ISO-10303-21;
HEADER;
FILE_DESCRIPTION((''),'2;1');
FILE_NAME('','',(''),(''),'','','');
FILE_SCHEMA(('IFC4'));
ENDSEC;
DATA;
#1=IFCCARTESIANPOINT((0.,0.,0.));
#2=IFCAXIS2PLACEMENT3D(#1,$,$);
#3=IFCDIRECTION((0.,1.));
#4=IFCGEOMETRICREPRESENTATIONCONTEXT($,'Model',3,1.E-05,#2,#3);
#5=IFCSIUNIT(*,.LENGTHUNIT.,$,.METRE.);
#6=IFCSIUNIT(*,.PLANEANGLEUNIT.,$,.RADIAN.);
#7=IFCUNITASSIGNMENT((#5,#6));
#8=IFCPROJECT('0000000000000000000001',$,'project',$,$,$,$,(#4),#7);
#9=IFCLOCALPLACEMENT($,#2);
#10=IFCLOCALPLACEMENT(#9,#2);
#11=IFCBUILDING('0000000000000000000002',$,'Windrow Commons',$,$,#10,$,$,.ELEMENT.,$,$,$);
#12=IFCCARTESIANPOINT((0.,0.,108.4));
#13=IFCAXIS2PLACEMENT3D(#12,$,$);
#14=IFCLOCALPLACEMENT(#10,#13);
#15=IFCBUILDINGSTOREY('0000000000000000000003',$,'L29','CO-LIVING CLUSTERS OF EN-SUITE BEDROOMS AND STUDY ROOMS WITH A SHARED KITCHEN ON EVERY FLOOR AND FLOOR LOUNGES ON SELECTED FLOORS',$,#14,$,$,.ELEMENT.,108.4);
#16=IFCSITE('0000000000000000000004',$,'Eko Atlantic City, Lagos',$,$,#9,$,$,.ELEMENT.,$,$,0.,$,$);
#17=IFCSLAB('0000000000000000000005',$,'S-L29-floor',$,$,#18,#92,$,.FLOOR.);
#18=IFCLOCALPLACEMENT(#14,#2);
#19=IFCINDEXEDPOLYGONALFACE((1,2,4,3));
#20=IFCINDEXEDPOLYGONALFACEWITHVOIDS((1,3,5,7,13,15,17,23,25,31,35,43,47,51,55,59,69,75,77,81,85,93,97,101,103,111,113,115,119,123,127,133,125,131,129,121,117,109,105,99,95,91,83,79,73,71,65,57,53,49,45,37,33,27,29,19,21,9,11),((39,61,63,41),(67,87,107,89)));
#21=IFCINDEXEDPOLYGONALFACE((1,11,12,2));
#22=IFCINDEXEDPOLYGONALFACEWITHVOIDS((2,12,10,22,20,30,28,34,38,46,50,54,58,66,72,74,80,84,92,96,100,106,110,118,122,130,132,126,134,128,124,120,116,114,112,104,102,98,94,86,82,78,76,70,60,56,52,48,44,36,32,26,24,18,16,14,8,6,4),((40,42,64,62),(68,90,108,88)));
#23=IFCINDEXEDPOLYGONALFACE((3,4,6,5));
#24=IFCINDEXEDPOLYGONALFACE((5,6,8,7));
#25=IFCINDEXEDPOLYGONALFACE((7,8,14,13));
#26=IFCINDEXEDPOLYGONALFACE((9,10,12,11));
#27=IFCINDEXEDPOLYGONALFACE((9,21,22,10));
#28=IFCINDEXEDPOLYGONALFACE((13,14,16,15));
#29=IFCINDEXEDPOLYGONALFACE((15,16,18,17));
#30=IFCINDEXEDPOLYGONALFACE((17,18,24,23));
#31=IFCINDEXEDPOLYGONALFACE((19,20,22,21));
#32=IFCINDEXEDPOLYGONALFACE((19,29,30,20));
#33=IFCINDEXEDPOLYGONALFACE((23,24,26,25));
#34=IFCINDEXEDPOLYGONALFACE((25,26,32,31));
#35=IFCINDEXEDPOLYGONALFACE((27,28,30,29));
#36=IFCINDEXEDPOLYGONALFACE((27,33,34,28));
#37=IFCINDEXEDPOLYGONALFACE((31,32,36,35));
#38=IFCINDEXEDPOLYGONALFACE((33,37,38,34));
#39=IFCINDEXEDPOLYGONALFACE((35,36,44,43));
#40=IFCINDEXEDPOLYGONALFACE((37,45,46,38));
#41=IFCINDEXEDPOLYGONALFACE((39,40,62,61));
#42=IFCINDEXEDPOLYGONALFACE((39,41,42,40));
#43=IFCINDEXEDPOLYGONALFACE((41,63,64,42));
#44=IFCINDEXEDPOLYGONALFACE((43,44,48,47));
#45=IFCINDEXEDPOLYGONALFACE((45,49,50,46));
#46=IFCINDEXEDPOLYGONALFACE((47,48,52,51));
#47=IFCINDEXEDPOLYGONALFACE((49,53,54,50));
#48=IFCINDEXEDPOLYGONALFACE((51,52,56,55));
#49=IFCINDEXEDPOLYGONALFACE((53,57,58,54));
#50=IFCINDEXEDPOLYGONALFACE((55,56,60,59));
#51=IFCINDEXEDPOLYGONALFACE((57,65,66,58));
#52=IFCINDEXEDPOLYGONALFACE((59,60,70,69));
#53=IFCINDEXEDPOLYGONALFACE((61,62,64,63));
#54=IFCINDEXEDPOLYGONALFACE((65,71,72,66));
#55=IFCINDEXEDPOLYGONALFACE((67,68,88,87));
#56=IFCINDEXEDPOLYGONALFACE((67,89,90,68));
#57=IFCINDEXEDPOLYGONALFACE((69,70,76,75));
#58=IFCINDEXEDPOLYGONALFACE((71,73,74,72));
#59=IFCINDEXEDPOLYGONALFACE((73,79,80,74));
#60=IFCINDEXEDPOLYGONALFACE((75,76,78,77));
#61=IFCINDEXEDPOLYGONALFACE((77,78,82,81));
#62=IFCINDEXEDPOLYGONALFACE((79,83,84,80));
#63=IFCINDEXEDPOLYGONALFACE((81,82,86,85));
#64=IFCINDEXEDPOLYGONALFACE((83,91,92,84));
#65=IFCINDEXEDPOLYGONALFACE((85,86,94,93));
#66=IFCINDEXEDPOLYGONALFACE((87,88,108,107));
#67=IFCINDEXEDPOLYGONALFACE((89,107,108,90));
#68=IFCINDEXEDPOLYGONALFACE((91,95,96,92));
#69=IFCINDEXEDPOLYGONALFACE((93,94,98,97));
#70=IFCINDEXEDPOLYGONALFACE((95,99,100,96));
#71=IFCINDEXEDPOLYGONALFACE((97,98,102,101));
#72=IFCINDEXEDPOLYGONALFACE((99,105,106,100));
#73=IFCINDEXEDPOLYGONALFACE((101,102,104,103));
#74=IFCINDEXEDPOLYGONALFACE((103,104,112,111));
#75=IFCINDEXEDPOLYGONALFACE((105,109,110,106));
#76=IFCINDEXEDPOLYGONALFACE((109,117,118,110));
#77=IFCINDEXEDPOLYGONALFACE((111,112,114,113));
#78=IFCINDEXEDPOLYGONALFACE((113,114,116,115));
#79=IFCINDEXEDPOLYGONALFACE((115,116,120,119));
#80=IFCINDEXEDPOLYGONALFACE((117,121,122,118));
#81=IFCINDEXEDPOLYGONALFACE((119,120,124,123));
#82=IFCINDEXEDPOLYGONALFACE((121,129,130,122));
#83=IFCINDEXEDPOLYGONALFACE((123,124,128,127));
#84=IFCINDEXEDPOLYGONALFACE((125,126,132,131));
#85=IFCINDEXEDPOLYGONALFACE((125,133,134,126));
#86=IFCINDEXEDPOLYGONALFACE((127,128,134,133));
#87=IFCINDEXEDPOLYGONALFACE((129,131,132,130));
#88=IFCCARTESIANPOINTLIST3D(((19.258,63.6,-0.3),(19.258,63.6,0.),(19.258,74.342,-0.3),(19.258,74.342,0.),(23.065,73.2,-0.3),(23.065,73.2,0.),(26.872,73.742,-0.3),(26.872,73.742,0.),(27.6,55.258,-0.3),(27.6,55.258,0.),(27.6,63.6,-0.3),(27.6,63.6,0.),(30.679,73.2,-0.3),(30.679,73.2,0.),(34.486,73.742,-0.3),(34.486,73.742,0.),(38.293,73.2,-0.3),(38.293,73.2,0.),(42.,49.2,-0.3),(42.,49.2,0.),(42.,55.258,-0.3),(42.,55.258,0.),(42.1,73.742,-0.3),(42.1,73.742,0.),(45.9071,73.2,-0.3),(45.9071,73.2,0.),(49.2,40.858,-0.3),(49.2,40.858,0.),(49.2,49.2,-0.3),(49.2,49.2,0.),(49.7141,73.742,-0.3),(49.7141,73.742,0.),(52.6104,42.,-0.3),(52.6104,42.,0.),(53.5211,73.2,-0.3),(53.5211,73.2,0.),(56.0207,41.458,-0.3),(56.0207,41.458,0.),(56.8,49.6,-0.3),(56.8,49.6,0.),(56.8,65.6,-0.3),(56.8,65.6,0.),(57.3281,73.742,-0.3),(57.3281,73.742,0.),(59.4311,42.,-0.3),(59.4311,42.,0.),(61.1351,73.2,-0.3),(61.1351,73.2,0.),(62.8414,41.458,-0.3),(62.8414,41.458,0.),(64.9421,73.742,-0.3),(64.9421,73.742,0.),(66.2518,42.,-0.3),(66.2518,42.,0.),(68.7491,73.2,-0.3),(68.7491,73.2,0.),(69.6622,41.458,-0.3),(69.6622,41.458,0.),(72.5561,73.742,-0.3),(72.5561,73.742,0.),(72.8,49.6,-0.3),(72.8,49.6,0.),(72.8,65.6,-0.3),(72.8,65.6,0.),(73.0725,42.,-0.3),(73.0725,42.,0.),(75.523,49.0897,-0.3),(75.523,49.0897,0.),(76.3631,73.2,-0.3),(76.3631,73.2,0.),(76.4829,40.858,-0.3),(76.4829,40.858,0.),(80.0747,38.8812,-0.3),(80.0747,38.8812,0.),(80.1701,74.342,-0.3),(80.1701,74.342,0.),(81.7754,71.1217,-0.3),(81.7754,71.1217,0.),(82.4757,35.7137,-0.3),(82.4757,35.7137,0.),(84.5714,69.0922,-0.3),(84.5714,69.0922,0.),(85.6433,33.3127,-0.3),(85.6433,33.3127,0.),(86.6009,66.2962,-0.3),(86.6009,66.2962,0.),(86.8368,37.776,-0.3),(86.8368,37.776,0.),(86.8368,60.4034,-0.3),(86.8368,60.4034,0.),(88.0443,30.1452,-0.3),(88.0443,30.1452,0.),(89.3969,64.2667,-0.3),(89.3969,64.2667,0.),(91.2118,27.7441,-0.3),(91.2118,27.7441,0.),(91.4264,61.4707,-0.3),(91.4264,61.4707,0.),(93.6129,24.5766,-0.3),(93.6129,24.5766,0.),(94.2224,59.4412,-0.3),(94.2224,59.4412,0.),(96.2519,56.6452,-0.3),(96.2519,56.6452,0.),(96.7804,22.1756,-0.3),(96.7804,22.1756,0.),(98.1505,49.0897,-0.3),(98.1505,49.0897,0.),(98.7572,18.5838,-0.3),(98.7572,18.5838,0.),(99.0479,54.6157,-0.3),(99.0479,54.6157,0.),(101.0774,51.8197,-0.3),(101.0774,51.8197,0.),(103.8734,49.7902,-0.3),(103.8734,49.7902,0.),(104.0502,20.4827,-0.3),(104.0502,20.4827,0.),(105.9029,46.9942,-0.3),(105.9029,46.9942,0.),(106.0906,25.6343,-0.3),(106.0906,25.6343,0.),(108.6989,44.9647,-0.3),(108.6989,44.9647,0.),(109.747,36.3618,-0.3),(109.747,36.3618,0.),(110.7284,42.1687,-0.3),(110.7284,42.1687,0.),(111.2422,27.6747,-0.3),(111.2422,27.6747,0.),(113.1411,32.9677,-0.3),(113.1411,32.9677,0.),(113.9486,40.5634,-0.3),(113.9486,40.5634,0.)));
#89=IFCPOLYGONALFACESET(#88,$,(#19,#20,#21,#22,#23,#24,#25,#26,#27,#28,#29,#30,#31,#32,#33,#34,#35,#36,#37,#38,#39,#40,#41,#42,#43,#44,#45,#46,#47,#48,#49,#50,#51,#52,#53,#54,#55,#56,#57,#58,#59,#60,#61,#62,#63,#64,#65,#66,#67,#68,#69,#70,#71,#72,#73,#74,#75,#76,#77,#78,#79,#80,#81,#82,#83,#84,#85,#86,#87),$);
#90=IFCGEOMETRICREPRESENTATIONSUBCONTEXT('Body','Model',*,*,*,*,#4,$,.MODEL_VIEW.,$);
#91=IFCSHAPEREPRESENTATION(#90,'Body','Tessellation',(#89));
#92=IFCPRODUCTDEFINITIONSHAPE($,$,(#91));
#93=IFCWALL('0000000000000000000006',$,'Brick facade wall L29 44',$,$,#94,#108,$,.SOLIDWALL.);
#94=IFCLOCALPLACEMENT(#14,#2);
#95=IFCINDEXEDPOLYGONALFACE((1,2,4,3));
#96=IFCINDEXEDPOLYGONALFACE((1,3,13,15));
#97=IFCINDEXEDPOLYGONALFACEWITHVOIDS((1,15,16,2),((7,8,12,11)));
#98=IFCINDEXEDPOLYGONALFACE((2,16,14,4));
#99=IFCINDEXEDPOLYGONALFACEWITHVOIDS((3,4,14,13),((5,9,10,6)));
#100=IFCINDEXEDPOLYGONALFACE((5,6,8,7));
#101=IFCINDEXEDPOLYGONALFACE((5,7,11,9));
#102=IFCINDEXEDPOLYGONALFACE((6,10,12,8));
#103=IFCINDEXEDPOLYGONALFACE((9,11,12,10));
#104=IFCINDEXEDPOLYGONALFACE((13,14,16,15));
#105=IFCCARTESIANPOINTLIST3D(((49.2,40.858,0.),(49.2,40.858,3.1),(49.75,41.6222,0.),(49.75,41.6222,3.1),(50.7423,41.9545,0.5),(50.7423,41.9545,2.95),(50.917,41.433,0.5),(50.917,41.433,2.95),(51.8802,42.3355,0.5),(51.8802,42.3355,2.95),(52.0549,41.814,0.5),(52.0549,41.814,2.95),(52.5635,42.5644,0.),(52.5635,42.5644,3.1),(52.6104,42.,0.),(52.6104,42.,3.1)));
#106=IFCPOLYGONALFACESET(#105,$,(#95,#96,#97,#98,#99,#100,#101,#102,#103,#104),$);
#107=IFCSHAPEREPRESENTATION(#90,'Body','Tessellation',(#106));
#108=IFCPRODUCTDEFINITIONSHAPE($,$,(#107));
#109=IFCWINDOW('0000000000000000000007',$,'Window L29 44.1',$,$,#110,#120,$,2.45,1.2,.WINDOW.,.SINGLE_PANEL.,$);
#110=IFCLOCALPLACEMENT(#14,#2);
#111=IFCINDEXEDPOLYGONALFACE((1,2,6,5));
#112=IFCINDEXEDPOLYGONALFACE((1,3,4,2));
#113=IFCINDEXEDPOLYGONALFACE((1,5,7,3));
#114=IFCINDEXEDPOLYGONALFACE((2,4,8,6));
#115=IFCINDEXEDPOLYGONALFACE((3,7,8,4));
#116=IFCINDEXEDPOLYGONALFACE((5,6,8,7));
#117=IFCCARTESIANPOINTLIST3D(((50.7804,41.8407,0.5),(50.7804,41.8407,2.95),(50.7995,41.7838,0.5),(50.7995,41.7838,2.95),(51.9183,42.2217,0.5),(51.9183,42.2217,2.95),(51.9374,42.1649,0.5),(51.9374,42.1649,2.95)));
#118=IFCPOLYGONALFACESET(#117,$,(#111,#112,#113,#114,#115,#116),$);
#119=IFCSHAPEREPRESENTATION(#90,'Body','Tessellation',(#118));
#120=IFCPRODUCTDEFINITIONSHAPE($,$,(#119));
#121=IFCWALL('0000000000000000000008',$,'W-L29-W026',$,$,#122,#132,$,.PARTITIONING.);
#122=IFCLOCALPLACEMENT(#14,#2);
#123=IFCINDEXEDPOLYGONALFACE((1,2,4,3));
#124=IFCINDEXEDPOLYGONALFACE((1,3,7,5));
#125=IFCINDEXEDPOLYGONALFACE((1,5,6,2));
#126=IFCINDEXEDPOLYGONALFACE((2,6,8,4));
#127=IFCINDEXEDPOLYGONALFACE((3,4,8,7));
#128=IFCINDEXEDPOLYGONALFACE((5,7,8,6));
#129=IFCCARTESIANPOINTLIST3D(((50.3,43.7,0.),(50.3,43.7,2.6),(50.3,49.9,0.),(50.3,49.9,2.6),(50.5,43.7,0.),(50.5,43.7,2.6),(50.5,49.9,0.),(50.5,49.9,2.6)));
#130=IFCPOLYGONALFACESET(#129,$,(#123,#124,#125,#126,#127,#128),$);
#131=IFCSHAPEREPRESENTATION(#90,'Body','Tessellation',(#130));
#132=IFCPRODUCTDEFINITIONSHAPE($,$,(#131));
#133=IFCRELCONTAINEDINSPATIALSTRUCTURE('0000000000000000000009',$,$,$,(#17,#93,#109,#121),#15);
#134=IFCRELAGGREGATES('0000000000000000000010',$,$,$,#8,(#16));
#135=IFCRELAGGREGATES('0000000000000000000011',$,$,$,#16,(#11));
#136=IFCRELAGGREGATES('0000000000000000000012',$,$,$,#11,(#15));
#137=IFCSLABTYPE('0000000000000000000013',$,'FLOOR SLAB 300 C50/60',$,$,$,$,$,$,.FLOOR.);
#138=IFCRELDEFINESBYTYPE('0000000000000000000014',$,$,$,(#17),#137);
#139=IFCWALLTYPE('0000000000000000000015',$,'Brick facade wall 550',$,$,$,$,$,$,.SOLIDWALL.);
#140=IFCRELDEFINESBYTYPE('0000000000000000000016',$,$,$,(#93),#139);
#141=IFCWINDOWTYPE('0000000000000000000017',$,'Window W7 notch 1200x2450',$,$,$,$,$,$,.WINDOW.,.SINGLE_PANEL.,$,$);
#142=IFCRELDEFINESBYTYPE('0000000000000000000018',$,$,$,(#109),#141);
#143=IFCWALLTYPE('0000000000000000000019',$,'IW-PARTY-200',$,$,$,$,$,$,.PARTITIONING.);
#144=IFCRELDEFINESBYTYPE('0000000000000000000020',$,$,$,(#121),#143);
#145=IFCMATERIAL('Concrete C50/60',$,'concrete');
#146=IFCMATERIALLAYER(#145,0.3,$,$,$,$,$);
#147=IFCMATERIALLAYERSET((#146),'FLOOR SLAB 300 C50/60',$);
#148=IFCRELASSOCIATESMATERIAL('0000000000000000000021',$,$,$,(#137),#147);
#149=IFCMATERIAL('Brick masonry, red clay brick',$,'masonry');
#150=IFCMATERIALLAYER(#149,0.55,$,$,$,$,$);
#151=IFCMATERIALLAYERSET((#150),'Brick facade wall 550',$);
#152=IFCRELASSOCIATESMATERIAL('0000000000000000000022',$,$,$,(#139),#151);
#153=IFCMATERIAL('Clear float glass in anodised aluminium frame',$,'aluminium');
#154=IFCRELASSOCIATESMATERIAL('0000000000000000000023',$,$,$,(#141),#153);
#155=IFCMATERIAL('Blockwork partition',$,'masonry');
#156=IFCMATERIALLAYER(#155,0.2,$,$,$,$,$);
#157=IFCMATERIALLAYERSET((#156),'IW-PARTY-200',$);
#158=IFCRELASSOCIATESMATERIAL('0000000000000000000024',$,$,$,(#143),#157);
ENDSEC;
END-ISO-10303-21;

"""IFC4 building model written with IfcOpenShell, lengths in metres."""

from ifc_helpers import new_model, si_unit, direction, frame, frame_2d, origin, place, context, subcontext, project, spatial, polyline, rectangle, outline, extrude, material, layer, layer_set, type_object, element, fill, save


model = new_model("IFC4")

# Units and contexts
model_context = context("Model", 3, precision=1e-05, world=origin(), true_north=direction((0.0, 1.0)))
body_context = subcontext(model_context, "Body", "Model", "MODEL_VIEW")
ifc_project = project(units=[si_unit("LENGTHUNIT", "METRE"), si_unit("PLANEANGLEUNIT", "RADIAN")], contexts=[model_context])

# Site, building, storey
site_placement = place(None, origin())
site = spatial("IfcSite", under=ifc_project, at=site_placement, Name="Eko Atlantic City, Lagos", CompositionType="ELEMENT", RefElevation=0.0)
building_placement = place(site_placement, origin())
building = spatial("IfcBuilding", under=site, at=building_placement, Name="Windrow Commons", CompositionType="ELEMENT")
storey_placement = place(building_placement, frame((0.0, 0.0, 108.4)))
storey = spatial("IfcBuildingStorey", under=building, at=storey_placement, Name="L29", Description="CO-LIVING CLUSTERS OF EN-SUITE BEDROOMS AND STUDY ROOMS WITH A SHARED KITCHEN ON EVERY FLOOR AND FLOOR LOUNGES ON SELECTED FLOORS", CompositionType="ELEMENT", Elevation=108.4)

# Shared definitions
placement_1 = place(storey_placement, frame((0.0, 0.0, -0.3)))

# Slab, openings
ifc_material_1 = material(Name="Concrete C50/60", Category="concrete")
ifc_layer_1 = layer(ifc_material_1, 0.3)
ifc_layer_set_1 = layer_set([ifc_layer_1], Name="FLOOR SLAB 300 C50/60")
slab_type_1 = type_object("IfcSlabType", Name="FLOOR SLAB 300 C50/60", PredefinedType="FLOOR", material=ifc_layer_set_1)
slab_1 = element("IfcSlab", 1, at=placement_1, inside=storey, type_object=slab_type_1, Name="S-L29-floor", PredefinedType="FLOOR", context=body_context, shape_type="SweptSolid", body=[
    extrude(outline(polyline([(96.7804, 22.1756), (98.7572, 18.5838), (104.0502, 20.4827), (106.0906, 25.6343), (111.2422, 27.6747), (113.1411, 32.9677), (109.747, 36.3618), (113.9486, 40.5634), (110.7284, 42.1687), (108.6989, 44.9647), (105.9029, 46.9942), (103.8734, 49.7902), (101.0774, 51.8197), (99.0479, 54.6157), (96.2519, 56.6452), (94.2224, 59.4412), (91.4264, 61.4707), (89.3969, 64.2667), (86.6009, 66.2962), (84.5714, 69.0922), (81.7754, 71.1217), (80.1701, 74.342), (76.3631, 73.2), (72.5561, 73.742), (68.7491, 73.2), (64.9421, 73.742), (61.1351, 73.2), (57.3281, 73.742), (53.5211, 73.2), (49.7141, 73.742), (45.9071, 73.2), (42.1, 73.742), (38.293, 73.2), (34.486, 73.742), (30.679, 73.2), (26.872, 73.742), (23.065, 73.2), (19.258, 74.342), (19.258, 63.6), (27.6, 63.6), (27.6, 55.258), (42.0, 55.258), (42.0, 49.2), (49.2, 49.2), (49.2, 40.858), (52.6104, 42.0), (56.0207, 41.458), (59.4311, 42.0), (62.8414, 41.458), (66.2518, 42.0), (69.6622, 41.458), (73.0725, 42.0), (76.4829, 40.858), (80.0747, 38.8812), (82.4757, 35.7137), (85.6433, 33.3127), (88.0443, 30.1452), (91.2118, 27.7441), (93.6129, 24.5766), (96.7804, 22.1756)]), holes=[polyline([(75.523, 49.0897), (86.8368, 60.4034), (98.1505, 49.0897), (86.8368, 37.776), (75.523, 49.0897)]), polyline([(56.8, 49.6), (56.8, 65.6), (72.8, 65.6), (72.8, 49.6), (56.8, 49.6)])]), origin(), (0.0, 0.0, 1.0), 0.3),
])
opening_1_placement = place(placement_1, origin())
element("IfcOpeningElement", 2, at=opening_1_placement, cuts=slab_1, PredefinedType="OPENING", context=body_context, shape_type="SweptSolid", body=[
    extrude(outline(polyline([(75.5301, 49.0897), (86.8368, 60.3963), (98.1434, 49.0897), (86.8368, 37.7831), (75.5301, 49.0897)])), origin(), (0.0, 0.0, 1.0), 0.3),
])
opening_2_placement = place(placement_1, origin())
element("IfcOpeningElement", 3, at=opening_2_placement, cuts=slab_1, PredefinedType="OPENING", context=body_context, shape_type="SweptSolid", body=[
    extrude(outline(polyline([(56.805, 49.605), (56.805, 65.595), (72.795, 65.595), (72.795, 49.605), (56.805, 49.605)])), origin(), (0.0, 0.0, 1.0), 0.3),
])

# Wall, opening, window
ifc_material_2 = material(Name="Brick masonry, red clay brick", Category="masonry")
ifc_layer_2 = layer(ifc_material_2, 0.55)
ifc_layer_set_2 = layer_set([ifc_layer_2], Name="Brick facade wall 550")
wall_type_1 = type_object("IfcWallType", Name="Brick facade wall 550", PredefinedType="SOLIDWALL", material=ifc_layer_set_2)
wall_1_placement = place(storey_placement, frame((49.475, 41.2401, 0.0), z_axis=(0.0, 0.0, 1.0), x_axis=(0.948247, 0.317535, 0.0)))
wall_1 = element("IfcWall", 4, at=wall_1_placement, inside=storey, type_object=wall_type_1, Name="Brick facade wall L29 44", PredefinedType="SOLIDWALL", context=body_context, shape_type="SweptSolid", body=[
    extrude(outline(polyline([(-0.3821, -0.275), (3.2144, -0.275), (3.3492, 0.275), (0.3821, 0.275), (-0.3821, -0.275)])), origin(), (0.0, 0.0, 1.0), 3.1),
])
opening_3_placement = place(wall_1_placement, frame((1.4286, 0.0, 0.5)))
opening_3 = element("IfcOpeningElement", 5, at=opening_3_placement, cuts=wall_1, PredefinedType="OPENING", context=body_context, shape_type="SweptSolid", body=[
    extrude(rectangle(XDim=1.2, YDim=2.45, at=frame_2d((0.6, 1.225))), frame((0.0, 0.285, 0.0), z_axis=(0.0, -1.0, 0.0), x_axis=(1.0, 0.0, 0.0)), (0.0, 0.0, 1.0), 0.57),
])
ifc_material_3 = material(Name="Clear float glass in anodised aluminium frame", Category="aluminium")
window_type = type_object("IfcWindowType", Name="Window W7 notch 1200x2450", PartitioningType="SINGLE_PANEL", PredefinedType="WINDOW", material=ifc_material_3)
window_placement = place(opening_3_placement, origin())
window = element("IfcWindow", 6, at=window_placement, inside=storey, type_object=window_type, Name="Window L29 44.1", OverallHeight=2.45, OverallWidth=1.2, PartitioningType="SINGLE_PANEL", PredefinedType="WINDOW", context=body_context, shape_type="SweptSolid", body=[
    extrude(rectangle(XDim=1.2, YDim=2.45, at=frame_2d((0.6, 1.225))), frame((0.0, 0.155, 0.0), z_axis=(0.0, -1.0, 0.0), x_axis=(1.0, 0.0, 0.0)), (0.0, 0.0, 1.0), 0.06),
])
fill(opening_3, window)

# Wall
ifc_material_4 = material(Name="Blockwork partition", Category="masonry")
ifc_layer_3 = layer(ifc_material_4, 0.2)
ifc_layer_set_3 = layer_set([ifc_layer_3], Name="IW-PARTY-200")
wall_type_2 = type_object("IfcWallType", Name="IW-PARTY-200", PredefinedType="PARTITIONING", material=ifc_layer_set_3)
wall_2_placement = place(storey_placement, frame((50.4, 43.7, 0.0), z_axis=(0.0, 0.0, 1.0), x_axis=(0.0, 1.0, 0.0)))
element("IfcWall", 7, at=wall_2_placement, inside=storey, type_object=wall_type_2, Name="W-L29-W026", PredefinedType="PARTITIONING", context=body_context, shape_type="SweptSolid", body=[
    extrude(rectangle(XDim=6.2, YDim=0.2, at=frame_2d((3.1, 0.0))), origin(), (0.0, 0.0, 1.0), 2.6),
])

save(model, "model.ifc")
